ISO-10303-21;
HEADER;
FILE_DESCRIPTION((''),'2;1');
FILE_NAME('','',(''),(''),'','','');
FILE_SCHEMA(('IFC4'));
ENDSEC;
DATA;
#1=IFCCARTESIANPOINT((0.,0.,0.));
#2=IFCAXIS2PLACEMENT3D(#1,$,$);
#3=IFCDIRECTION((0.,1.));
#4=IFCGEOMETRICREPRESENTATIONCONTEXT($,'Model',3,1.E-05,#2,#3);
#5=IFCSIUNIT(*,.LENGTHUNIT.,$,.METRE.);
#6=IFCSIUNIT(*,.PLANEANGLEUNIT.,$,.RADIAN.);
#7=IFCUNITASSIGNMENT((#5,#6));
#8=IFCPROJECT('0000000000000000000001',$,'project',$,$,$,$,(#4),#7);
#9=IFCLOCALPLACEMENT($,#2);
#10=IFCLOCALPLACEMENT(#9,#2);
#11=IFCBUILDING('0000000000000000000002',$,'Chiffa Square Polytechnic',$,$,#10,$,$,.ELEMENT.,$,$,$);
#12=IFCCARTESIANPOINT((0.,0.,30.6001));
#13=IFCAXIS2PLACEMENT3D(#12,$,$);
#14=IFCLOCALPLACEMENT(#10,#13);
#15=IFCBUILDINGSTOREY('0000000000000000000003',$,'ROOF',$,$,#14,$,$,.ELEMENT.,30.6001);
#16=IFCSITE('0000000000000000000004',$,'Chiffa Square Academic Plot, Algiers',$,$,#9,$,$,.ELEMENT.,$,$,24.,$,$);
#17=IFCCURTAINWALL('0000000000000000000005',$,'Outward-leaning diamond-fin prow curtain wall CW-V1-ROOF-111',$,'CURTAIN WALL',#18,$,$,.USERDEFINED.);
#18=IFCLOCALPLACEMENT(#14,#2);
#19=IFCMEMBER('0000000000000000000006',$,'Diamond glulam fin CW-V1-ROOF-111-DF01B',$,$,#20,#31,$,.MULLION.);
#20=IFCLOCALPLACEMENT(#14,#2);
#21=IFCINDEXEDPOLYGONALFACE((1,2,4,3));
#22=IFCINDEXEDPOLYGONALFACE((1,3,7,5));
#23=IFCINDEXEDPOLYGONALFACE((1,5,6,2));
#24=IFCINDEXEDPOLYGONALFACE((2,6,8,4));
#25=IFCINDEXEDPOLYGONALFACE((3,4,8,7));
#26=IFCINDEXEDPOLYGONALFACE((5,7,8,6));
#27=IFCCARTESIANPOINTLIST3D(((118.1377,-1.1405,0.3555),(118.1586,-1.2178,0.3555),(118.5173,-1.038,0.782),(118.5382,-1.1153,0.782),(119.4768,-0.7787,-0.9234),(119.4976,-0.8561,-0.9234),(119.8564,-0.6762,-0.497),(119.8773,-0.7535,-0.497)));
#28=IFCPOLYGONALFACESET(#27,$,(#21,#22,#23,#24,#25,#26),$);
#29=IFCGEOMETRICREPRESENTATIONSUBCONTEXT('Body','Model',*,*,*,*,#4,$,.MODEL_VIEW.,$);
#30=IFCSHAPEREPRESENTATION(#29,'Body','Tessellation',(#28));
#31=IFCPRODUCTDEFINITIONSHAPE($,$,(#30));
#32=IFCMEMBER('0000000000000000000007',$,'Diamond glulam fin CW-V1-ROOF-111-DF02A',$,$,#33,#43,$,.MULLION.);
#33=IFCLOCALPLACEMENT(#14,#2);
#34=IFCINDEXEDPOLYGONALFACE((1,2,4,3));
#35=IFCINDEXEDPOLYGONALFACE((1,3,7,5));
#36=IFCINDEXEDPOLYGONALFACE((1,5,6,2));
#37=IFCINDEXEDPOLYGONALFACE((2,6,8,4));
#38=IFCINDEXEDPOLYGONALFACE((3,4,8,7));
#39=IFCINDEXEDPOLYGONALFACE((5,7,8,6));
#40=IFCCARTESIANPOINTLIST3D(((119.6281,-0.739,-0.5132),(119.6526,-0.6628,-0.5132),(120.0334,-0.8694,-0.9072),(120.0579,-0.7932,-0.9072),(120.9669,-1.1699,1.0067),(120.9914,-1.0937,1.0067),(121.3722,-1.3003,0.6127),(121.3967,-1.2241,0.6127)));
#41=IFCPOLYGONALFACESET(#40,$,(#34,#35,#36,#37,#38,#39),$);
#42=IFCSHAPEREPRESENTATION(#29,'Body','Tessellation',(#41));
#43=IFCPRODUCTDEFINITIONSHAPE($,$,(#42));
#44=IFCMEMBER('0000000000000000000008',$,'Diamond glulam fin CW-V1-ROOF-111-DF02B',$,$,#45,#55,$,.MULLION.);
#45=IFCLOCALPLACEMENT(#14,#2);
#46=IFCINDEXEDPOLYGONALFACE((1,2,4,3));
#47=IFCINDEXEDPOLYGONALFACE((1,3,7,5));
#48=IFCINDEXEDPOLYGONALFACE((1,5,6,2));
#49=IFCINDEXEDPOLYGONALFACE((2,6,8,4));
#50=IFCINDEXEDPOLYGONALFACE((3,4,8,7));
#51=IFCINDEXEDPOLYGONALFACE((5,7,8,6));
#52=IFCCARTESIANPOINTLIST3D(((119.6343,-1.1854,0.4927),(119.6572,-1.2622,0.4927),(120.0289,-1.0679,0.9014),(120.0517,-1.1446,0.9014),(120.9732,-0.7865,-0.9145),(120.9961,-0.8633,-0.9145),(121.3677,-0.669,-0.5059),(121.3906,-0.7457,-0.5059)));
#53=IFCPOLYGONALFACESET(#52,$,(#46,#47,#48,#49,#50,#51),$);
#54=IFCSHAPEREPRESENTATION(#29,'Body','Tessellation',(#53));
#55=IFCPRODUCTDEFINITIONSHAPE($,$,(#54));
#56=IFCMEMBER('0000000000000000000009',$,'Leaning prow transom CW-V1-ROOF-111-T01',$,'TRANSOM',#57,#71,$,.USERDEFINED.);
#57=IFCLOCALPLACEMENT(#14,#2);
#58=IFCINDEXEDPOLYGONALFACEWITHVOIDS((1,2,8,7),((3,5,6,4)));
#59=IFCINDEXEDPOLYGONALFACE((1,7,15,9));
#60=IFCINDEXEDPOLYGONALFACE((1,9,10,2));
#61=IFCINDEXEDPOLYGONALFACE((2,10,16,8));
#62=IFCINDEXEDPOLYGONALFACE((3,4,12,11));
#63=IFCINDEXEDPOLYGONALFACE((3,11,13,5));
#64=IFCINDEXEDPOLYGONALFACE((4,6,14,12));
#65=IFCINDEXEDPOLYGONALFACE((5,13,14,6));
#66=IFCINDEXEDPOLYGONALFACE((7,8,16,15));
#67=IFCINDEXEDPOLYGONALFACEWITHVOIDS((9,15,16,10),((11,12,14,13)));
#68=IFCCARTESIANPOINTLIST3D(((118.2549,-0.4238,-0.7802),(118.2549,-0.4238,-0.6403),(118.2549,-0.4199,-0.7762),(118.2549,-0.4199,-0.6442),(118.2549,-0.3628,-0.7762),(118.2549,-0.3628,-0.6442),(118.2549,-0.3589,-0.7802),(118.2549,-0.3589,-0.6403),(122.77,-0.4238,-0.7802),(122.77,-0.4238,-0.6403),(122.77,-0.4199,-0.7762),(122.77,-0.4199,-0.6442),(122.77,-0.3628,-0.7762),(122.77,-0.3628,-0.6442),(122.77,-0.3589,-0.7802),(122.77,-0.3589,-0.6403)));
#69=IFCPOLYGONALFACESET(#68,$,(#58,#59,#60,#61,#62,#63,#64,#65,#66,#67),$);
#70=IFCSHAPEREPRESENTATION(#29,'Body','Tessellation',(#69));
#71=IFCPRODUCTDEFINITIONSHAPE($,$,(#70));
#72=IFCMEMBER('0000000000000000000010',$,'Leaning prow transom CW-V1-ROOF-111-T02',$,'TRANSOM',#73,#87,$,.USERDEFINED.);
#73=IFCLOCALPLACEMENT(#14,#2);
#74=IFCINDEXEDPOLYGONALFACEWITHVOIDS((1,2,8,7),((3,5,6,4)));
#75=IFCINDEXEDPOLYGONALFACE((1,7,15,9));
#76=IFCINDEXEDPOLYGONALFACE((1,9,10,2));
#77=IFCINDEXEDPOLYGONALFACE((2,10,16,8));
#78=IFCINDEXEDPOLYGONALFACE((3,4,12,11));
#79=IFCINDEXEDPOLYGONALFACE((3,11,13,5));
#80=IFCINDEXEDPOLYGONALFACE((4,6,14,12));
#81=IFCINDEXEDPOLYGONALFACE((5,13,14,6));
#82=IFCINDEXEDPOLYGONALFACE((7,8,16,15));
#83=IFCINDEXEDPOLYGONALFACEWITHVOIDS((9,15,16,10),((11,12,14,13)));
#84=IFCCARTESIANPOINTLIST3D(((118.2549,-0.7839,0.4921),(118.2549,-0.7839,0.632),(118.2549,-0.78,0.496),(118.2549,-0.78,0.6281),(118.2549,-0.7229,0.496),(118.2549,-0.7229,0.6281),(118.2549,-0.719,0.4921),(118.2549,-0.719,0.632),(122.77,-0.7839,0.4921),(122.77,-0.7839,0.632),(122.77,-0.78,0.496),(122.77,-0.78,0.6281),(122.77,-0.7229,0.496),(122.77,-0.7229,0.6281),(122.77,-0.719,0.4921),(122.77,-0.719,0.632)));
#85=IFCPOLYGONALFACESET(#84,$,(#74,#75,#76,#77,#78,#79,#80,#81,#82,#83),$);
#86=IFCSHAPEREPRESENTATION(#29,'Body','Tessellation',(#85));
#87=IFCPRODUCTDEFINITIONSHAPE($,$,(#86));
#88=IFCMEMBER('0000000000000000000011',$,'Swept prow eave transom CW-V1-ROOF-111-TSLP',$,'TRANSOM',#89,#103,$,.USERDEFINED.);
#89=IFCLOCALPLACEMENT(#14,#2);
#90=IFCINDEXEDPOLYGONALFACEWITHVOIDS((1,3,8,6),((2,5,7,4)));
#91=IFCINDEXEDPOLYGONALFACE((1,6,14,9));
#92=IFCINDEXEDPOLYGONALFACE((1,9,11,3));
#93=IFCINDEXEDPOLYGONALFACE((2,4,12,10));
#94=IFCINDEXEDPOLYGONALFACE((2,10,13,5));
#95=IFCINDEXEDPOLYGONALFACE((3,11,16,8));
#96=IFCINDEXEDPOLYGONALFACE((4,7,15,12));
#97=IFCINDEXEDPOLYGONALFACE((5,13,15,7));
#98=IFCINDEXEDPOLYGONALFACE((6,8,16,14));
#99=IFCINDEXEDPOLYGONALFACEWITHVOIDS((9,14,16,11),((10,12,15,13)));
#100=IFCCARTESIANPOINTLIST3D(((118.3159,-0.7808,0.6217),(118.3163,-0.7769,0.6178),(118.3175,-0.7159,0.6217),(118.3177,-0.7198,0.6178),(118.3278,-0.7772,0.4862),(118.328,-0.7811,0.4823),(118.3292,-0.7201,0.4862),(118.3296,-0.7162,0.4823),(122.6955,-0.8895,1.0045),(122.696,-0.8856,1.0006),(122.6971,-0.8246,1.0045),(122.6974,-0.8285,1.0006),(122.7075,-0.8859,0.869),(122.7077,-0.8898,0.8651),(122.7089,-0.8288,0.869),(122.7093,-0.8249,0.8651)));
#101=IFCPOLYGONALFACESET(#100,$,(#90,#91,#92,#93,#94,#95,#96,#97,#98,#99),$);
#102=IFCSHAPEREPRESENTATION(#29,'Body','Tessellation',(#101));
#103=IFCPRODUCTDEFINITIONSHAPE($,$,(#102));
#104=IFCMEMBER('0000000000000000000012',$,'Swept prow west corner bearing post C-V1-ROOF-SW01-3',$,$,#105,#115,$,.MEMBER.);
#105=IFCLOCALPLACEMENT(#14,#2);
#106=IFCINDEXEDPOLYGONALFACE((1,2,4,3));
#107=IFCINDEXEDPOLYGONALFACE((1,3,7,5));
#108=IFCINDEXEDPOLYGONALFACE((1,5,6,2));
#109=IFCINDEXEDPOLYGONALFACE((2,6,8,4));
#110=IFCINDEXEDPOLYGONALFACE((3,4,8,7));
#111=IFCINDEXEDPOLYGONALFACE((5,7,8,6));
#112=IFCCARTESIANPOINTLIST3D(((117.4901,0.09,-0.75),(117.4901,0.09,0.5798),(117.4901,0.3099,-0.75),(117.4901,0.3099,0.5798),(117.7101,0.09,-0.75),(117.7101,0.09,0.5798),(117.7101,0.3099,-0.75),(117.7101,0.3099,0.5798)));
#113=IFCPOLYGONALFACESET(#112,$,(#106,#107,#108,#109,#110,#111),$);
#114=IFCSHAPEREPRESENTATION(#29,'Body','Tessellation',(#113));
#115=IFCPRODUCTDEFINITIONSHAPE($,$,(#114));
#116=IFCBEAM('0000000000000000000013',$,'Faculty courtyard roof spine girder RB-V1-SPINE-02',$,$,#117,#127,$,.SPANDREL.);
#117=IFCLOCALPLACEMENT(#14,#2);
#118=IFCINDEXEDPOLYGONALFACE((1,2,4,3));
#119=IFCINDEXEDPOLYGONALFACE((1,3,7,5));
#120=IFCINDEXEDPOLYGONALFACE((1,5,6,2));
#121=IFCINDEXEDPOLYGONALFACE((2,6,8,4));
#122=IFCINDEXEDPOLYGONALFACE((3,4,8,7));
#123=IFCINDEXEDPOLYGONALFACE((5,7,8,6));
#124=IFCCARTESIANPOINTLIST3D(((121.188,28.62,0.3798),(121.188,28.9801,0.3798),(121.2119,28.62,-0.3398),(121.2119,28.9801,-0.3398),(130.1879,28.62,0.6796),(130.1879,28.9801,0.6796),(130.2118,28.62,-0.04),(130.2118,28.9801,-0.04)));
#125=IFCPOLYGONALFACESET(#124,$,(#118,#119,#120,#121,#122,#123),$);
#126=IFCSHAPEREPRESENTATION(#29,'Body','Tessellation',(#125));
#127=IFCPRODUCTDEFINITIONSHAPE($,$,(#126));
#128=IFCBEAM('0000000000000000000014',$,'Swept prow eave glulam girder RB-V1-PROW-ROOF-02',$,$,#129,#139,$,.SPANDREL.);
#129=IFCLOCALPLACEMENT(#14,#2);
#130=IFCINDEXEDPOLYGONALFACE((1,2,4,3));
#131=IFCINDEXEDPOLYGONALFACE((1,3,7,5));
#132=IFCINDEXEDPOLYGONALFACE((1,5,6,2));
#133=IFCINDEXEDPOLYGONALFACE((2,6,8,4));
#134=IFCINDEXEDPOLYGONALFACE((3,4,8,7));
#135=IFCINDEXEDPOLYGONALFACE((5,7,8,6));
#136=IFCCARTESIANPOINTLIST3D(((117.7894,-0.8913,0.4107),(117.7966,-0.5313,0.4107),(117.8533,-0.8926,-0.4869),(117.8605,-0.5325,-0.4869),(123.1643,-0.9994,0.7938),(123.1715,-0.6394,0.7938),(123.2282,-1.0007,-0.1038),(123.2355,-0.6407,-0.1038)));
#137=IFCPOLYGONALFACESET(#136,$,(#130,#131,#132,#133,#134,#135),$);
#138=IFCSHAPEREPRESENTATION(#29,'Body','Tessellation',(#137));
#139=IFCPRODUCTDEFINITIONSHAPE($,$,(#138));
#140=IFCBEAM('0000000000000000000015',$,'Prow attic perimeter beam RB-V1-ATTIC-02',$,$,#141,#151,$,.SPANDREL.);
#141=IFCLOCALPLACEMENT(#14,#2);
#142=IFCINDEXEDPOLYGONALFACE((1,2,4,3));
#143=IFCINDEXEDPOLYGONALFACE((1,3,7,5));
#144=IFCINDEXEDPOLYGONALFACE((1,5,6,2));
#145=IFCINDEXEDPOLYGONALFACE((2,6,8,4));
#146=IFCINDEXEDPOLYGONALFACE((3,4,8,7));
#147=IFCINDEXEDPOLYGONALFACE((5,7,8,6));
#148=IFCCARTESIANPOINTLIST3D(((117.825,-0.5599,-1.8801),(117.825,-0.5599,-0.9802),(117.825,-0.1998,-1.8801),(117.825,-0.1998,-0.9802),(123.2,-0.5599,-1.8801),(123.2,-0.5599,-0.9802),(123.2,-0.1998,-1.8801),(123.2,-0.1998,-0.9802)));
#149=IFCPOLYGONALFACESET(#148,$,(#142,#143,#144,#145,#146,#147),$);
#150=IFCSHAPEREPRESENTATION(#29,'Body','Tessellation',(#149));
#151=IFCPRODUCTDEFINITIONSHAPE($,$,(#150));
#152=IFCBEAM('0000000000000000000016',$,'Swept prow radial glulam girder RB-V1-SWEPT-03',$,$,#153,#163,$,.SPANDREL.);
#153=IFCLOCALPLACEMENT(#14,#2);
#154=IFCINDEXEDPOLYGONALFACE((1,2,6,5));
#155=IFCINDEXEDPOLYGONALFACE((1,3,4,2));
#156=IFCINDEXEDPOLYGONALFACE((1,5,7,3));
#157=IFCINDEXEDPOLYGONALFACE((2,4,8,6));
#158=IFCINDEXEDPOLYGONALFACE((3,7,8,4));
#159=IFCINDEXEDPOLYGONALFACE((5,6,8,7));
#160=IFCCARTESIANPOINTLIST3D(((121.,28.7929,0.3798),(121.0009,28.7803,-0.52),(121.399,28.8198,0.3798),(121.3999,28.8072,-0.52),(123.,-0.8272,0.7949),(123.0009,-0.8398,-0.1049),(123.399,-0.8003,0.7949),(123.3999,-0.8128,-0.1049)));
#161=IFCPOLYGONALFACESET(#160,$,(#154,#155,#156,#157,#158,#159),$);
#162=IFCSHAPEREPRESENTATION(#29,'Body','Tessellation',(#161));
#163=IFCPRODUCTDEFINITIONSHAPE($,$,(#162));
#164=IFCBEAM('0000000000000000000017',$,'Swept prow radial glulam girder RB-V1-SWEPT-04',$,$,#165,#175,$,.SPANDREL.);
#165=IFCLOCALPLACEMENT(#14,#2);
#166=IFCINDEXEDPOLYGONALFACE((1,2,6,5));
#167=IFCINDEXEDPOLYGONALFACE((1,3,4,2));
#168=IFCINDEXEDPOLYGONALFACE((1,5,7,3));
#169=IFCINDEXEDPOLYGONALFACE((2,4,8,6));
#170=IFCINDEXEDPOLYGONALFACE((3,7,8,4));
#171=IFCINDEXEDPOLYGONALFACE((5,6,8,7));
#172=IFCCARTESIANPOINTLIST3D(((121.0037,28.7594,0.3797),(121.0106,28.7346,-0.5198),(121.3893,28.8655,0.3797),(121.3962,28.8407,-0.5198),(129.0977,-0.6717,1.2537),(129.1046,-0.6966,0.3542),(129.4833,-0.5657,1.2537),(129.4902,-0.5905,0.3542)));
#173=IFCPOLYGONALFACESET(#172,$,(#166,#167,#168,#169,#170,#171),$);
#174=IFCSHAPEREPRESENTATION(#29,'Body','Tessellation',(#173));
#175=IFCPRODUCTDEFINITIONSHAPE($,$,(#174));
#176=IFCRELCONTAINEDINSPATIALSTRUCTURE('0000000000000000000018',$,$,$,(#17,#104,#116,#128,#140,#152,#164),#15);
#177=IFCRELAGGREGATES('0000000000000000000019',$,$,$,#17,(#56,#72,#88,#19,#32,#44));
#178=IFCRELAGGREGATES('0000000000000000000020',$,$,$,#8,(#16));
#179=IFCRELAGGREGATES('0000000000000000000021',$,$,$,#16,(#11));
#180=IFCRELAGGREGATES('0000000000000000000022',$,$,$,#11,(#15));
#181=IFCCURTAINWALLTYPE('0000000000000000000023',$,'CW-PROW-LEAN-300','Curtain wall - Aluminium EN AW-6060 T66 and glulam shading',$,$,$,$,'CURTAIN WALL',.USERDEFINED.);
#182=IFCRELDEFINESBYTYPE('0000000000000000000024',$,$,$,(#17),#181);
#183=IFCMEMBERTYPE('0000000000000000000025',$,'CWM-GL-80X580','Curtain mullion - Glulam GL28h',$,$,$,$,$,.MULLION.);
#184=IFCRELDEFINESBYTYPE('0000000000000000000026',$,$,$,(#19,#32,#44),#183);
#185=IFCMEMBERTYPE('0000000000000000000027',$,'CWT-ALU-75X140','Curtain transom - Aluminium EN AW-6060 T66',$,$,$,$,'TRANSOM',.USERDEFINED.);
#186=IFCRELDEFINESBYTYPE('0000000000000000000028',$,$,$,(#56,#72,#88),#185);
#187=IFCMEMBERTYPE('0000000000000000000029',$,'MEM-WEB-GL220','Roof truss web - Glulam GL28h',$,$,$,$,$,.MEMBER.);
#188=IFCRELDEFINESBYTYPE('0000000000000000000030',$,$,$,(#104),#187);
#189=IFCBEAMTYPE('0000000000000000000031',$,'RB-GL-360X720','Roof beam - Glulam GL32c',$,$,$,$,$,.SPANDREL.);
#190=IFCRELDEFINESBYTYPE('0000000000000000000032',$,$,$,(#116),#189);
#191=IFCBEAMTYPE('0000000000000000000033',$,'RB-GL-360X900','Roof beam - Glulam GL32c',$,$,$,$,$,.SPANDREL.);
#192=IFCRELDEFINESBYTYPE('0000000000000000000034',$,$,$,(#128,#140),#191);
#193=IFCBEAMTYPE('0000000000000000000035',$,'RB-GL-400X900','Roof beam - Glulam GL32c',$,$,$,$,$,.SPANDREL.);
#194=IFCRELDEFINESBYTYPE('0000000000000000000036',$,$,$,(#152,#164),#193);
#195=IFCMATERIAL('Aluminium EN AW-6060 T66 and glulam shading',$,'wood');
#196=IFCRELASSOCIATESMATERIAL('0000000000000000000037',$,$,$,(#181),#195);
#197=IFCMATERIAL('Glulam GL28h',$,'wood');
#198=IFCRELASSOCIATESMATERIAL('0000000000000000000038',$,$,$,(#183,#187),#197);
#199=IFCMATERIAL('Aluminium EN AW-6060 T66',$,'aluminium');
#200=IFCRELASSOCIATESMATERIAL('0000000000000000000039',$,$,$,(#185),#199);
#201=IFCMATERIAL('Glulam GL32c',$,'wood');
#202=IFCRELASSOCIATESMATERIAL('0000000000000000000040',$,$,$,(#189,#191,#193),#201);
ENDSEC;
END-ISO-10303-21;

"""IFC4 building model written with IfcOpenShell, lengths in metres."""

from ifc_helpers import new_model, si_unit, direction, frame, origin, origin_2d, place, context, subcontext, project, spatial, rectangle, hollow_rectangle, extrude, material, material_profile, profile_set, type_object, element, aggregate, save


model = new_model("IFC4")

# Units and contexts
model_context = context("Model", 3, precision=1e-05, world=origin(), true_north=direction((0.0, 1.0)))
body_context = subcontext(model_context, "Body", "Model", "MODEL_VIEW")
ifc_project = project(units=[si_unit("LENGTHUNIT", "METRE"), si_unit("PLANEANGLEUNIT", "RADIAN")], contexts=[model_context])

# Site, building, storey
site_placement = place(None, origin())
site = spatial("IfcSite", under=ifc_project, at=site_placement, Name="Chiffa Square Academic Plot, Algiers", CompositionType="ELEMENT", RefElevation=24.0)
building_placement = place(site_placement, origin())
building = spatial("IfcBuilding", under=site, at=building_placement, Name="Chiffa Square Polytechnic", CompositionType="ELEMENT")
storey_placement = place(building_placement, frame((0.0, 0.0, 30.6001)))
storey = spatial("IfcBuildingStorey", under=building, at=storey_placement, Name="ROOF", CompositionType="ELEMENT", Elevation=30.6001)

# Shared definitions
ifc_material_1 = material(Name="Glulam GL32c", Category="wood")

# Curtain wall
ifc_material_2 = material(Name="Aluminium EN AW-6060 T66 and glulam shading", Category="wood")
ifc_material_3 = material(Name="Aluminium EN AW-6060 T66", Category="aluminium")
curtain_wall_type_1 = type_object("IfcCurtainWallType", Name="CW-PROW-LEAN-300", Description="Curtain wall - Aluminium EN AW-6060 T66 and glulam shading", ElementType="CURTAIN WALL", PredefinedType="USERDEFINED", material=ifc_material_2)
curtain_wall_1_placement = place(storey_placement, origin())
curtain_wall_1 = element("IfcCurtainWall", 1, at=curtain_wall_1_placement, inside=storey, type_object=curtain_wall_type_1, Name="Outward-leaning diamond-fin prow curtain wall CW-V1-ROOF-111", ObjectType="CURTAIN WALL", PredefinedType="USERDEFINED")

# Members
ifc_material_4 = material(Name="Glulam GL28h", Category="wood")
ifc_material_profile_1 = material_profile(ifc_material_4, rectangle(XDim=0.0801, YDim=0.5801, at=origin_2d()), Name="GL28h 80x580")
ifc_profile_set_1 = profile_set([ifc_material_profile_1], Name="Glulam GL28h")
member_type_1 = type_object("IfcMemberType", Name="CWM-GL-80X580", Description="Curtain mullion - Glulam GL28h", PredefinedType="MULLION", material=ifc_profile_set_1)
member_1_placement = place(storey_placement, frame((119.677, -0.7661, -0.7102), z_axis=(-0.709717, -0.191759, 0.677886), x_axis=(0.260838, -0.965383, 0.0)))
member_1 = element("IfcMember", 2, at=member_1_placement, type_object=member_type_1, Name="Diamond glulam fin CW-V1-ROOF-111-DF01B", PredefinedType="MULLION", context=body_context, shape_type="SweptSolid", body=[
    extrude(rectangle(XDim=0.0801, YDim=0.5801, at=origin_2d()), origin(), (0.0, 0.0, 1.0), 1.8867),
])
member_2_placement = place(storey_placement, frame((119.843, -0.7661, -0.7102), z_axis=(0.646509, -0.208076, 0.733983), x_axis=(0.306369, 0.951913, 0.0)))
member_2 = element("IfcMember", 3, at=member_2_placement, type_object=member_type_1, Name="Diamond glulam fin CW-V1-ROOF-111-DF02A", PredefinedType="MULLION", context=body_context, shape_type="SweptSolid", body=[
    extrude(rectangle(XDim=0.0801, YDim=0.5801, at=origin_2d()), origin(), (0.0, 0.0, 1.0), 2.0708),
])
member_3_placement = place(storey_placement, frame((121.1819, -0.7661, -0.7102), z_axis=(-0.675198, -0.20118, 0.709672), x_axis=(0.285552, -0.958363, 0.0)))
member_3 = element("IfcMember", 4, at=member_3_placement, type_object=member_type_1, Name="Diamond glulam fin CW-V1-ROOF-111-DF02B", PredefinedType="MULLION", context=body_context, shape_type="SweptSolid", body=[
    extrude(rectangle(XDim=0.0801, YDim=0.5801, at=origin_2d()), origin(), (0.0, 0.0, 1.0), 1.9829),
])
ifc_material_profile_2 = material_profile(ifc_material_3, hollow_rectangle(XDim=0.0649, YDim=0.1399, WallThickness=0.0039, at=origin_2d()), Name="ALU 65x140x4")
ifc_profile_set_2 = profile_set([ifc_material_profile_2], Name="Aluminium EN AW-6060 T66")
member_type_2 = type_object("IfcMemberType", Name="CWT-ALU-75X140", Description="Curtain transom - Aluminium EN AW-6060 T66", ElementType="TRANSOM", PredefinedType="USERDEFINED", material=ifc_profile_set_2)
member_4_placement = place(storey_placement, frame((118.2549, -0.3914, -0.7102), z_axis=(1.0, 0.0, 0.0), x_axis=(0.0, 1.0, 0.0)))
member_4 = element("IfcMember", 5, at=member_4_placement, type_object=member_type_2, Name="Leaning prow transom CW-V1-ROOF-111-T01", ObjectType="TRANSOM", PredefinedType="USERDEFINED", context=body_context, shape_type="SweptSolid", body=[
    extrude(hollow_rectangle(XDim=0.0649, YDim=0.1399, WallThickness=0.0039, at=origin_2d()), origin(), (0.0, 0.0, 1.0), 4.5151),
])
member_5_placement = place(storey_placement, frame((118.2549, -0.7515, 0.562), z_axis=(1.0, 0.0, 0.0), x_axis=(0.0, 1.0, 0.0)))
member_5 = element("IfcMember", 6, at=member_5_placement, type_object=member_type_2, Name="Leaning prow transom CW-V1-ROOF-111-T02", ObjectType="TRANSOM", PredefinedType="USERDEFINED", context=body_context, shape_type="SweptSolid", body=[
    extrude(hollow_rectangle(XDim=0.0649, YDim=0.1399, WallThickness=0.0039, at=origin_2d()), origin(), (0.0, 0.0, 1.0), 4.5151),
])
member_6_placement = place(storey_placement, frame((118.3228, -0.7485, 0.552), z_axis=(0.995898, -0.024705, 0.087049), x_axis=(0.024799, 0.999692, 0.0)))
member_6 = element("IfcMember", 7, at=member_6_placement, type_object=member_type_2, Name="Swept prow eave transom CW-V1-ROOF-111-TSLP", ObjectType="TRANSOM", PredefinedType="USERDEFINED", context=body_context, shape_type="SweptSolid", body=[
    extrude(hollow_rectangle(XDim=0.0649, YDim=0.1399, WallThickness=0.0039, at=origin_2d()), origin(), (0.0, 0.0, 1.0), 4.3977),
])
ifc_material_profile_3 = material_profile(ifc_material_4, rectangle(XDim=0.22, YDim=0.22, at=origin_2d()), Name="GL28h 220x220")
ifc_profile_set_3 = profile_set([ifc_material_profile_3], Name="Glulam GL28h")
member_type_3 = type_object("IfcMemberType", Name="MEM-WEB-GL220", Description="Roof truss web - Glulam GL28h", PredefinedType="MEMBER", material=ifc_profile_set_3)
member_7_placement = place(storey_placement, frame((117.6001, 0.2, -0.75), z_axis=(0.0, 0.0, 1.0), x_axis=(1.0, 0.0, 0.0)))
element("IfcMember", 8, at=member_7_placement, inside=storey, type_object=member_type_3, Name="Swept prow west corner bearing post C-V1-ROOF-SW01-3", PredefinedType="MEMBER", context=body_context, shape_type="SweptSolid", body=[
    extrude(rectangle(XDim=0.22, YDim=0.22, at=origin_2d()), origin(), (0.0, 0.0, 1.0), 1.3298),
])

# Beams
ifc_material_profile_4 = material_profile(ifc_material_1, rectangle(XDim=0.3601, YDim=0.72, at=origin_2d()), Name="GL32c 360x720")
ifc_profile_set_4 = profile_set([ifc_material_profile_4], Name="Glulam GL32c")
beam_type_1 = type_object("IfcBeamType", Name="RB-GL-360X720", Description="Roof beam - Glulam GL32c", PredefinedType="SPANDREL", material=ifc_profile_set_4)
beam_1_placement = place(storey_placement, frame((121.2, 28.8, 0.02), z_axis=(0.999446, 0.0, 0.033293), x_axis=(0.0, 1.0, 0.0)))
element("IfcBeam", 9, at=beam_1_placement, inside=storey, type_object=beam_type_1, Name="Faculty courtyard roof spine girder RB-V1-SPINE-02", PredefinedType="SPANDREL", context=body_context, shape_type="SweptSolid", body=[
    extrude(rectangle(XDim=0.3601, YDim=0.72, at=origin_2d()), origin(), (0.0, 0.0, 1.0), 9.0049),
])
ifc_material_profile_5 = material_profile(ifc_material_1, rectangle(XDim=0.3601, YDim=0.8999, at=origin_2d()), Name="GL32c 360x900")
ifc_profile_set_5 = profile_set([ifc_material_profile_5], Name="Glulam GL32c")
beam_type_2 = type_object("IfcBeamType", Name="RB-GL-360X900", Description="Roof beam - Glulam GL32c", PredefinedType="SPANDREL", material=ifc_profile_set_5)
beam_2_placement = place(storey_placement, frame((117.825, -0.7119, -0.0381), z_axis=(0.997269, -0.020067, 0.071072), x_axis=(0.020118, 0.999798, 0.0)))
element("IfcBeam", 10, at=beam_2_placement, inside=storey, type_object=beam_type_2, Name="Swept prow eave glulam girder RB-V1-PROW-ROOF-02", PredefinedType="SPANDREL", context=body_context, shape_type="SweptSolid", body=[
    extrude(rectangle(XDim=0.3601, YDim=0.8999, at=origin_2d()), origin(), (0.0, 0.0, 1.0), 5.3896),
])
beam_3_placement = place(storey_placement, frame((117.825, -0.3799, -1.4302), z_axis=(1.0, 0.0, 0.0), x_axis=(0.0, 1.0, 0.0)))
element("IfcBeam", 11, at=beam_3_placement, inside=storey, type_object=beam_type_2, Name="Prow attic perimeter beam RB-V1-ATTIC-02", PredefinedType="SPANDREL", context=body_context, shape_type="SweptSolid", body=[
    extrude(rectangle(XDim=0.3601, YDim=0.8999, at=origin_2d()), origin(), (0.0, 0.0, 1.0), 5.375),
])
ifc_material_profile_6 = material_profile(ifc_material_1, rectangle(XDim=0.3999, YDim=0.8999, at=origin_2d()), Name="GL32c 400x900")
ifc_profile_set_6 = profile_set([ifc_material_profile_6], Name="Glulam GL32c")
beam_type_3 = type_object("IfcBeamType", Name="RB-GL-400X900", Description="Roof beam - Glulam GL32c", PredefinedType="SPANDREL", material=ifc_profile_set_6)
beam_4_placement = place(storey_placement, frame((121.2, 28.8, -0.0701), z_axis=(0.067362, -0.997631, 0.013979), x_axis=(0.997728, 0.067368, 0.0)))
element("IfcBeam", 12, at=beam_4_placement, inside=storey, type_object=beam_type_3, Name="Swept prow radial glulam girder RB-V1-SWEPT-03", PredefinedType="SPANDREL", context=body_context, shape_type="SweptSolid", body=[
    extrude(rectangle(XDim=0.3999, YDim=0.8999, at=origin_2d()), origin(), (0.0, 0.0, 1.0), 29.6904),
])
beam_5_placement = place(storey_placement, frame((121.2, 28.8, -0.0701), z_axis=(0.265061, -0.963807, 0.028622), x_axis=(0.964202, 0.265169, 0.0)))
element("IfcBeam", 13, at=beam_5_placement, inside=storey, type_object=beam_type_3, Name="Swept prow radial glulam girder RB-V1-SWEPT-04", PredefinedType="SPANDREL", context=body_context, shape_type="SweptSolid", body=[
    extrude(rectangle(XDim=0.3999, YDim=0.8999, at=origin_2d()), origin(), (0.0, 0.0, 1.0), 30.5364),
])

aggregate(curtain_wall_1, [member_4, member_5, member_6, member_1, member_2, member_3])

save(model, "model.ifc")
